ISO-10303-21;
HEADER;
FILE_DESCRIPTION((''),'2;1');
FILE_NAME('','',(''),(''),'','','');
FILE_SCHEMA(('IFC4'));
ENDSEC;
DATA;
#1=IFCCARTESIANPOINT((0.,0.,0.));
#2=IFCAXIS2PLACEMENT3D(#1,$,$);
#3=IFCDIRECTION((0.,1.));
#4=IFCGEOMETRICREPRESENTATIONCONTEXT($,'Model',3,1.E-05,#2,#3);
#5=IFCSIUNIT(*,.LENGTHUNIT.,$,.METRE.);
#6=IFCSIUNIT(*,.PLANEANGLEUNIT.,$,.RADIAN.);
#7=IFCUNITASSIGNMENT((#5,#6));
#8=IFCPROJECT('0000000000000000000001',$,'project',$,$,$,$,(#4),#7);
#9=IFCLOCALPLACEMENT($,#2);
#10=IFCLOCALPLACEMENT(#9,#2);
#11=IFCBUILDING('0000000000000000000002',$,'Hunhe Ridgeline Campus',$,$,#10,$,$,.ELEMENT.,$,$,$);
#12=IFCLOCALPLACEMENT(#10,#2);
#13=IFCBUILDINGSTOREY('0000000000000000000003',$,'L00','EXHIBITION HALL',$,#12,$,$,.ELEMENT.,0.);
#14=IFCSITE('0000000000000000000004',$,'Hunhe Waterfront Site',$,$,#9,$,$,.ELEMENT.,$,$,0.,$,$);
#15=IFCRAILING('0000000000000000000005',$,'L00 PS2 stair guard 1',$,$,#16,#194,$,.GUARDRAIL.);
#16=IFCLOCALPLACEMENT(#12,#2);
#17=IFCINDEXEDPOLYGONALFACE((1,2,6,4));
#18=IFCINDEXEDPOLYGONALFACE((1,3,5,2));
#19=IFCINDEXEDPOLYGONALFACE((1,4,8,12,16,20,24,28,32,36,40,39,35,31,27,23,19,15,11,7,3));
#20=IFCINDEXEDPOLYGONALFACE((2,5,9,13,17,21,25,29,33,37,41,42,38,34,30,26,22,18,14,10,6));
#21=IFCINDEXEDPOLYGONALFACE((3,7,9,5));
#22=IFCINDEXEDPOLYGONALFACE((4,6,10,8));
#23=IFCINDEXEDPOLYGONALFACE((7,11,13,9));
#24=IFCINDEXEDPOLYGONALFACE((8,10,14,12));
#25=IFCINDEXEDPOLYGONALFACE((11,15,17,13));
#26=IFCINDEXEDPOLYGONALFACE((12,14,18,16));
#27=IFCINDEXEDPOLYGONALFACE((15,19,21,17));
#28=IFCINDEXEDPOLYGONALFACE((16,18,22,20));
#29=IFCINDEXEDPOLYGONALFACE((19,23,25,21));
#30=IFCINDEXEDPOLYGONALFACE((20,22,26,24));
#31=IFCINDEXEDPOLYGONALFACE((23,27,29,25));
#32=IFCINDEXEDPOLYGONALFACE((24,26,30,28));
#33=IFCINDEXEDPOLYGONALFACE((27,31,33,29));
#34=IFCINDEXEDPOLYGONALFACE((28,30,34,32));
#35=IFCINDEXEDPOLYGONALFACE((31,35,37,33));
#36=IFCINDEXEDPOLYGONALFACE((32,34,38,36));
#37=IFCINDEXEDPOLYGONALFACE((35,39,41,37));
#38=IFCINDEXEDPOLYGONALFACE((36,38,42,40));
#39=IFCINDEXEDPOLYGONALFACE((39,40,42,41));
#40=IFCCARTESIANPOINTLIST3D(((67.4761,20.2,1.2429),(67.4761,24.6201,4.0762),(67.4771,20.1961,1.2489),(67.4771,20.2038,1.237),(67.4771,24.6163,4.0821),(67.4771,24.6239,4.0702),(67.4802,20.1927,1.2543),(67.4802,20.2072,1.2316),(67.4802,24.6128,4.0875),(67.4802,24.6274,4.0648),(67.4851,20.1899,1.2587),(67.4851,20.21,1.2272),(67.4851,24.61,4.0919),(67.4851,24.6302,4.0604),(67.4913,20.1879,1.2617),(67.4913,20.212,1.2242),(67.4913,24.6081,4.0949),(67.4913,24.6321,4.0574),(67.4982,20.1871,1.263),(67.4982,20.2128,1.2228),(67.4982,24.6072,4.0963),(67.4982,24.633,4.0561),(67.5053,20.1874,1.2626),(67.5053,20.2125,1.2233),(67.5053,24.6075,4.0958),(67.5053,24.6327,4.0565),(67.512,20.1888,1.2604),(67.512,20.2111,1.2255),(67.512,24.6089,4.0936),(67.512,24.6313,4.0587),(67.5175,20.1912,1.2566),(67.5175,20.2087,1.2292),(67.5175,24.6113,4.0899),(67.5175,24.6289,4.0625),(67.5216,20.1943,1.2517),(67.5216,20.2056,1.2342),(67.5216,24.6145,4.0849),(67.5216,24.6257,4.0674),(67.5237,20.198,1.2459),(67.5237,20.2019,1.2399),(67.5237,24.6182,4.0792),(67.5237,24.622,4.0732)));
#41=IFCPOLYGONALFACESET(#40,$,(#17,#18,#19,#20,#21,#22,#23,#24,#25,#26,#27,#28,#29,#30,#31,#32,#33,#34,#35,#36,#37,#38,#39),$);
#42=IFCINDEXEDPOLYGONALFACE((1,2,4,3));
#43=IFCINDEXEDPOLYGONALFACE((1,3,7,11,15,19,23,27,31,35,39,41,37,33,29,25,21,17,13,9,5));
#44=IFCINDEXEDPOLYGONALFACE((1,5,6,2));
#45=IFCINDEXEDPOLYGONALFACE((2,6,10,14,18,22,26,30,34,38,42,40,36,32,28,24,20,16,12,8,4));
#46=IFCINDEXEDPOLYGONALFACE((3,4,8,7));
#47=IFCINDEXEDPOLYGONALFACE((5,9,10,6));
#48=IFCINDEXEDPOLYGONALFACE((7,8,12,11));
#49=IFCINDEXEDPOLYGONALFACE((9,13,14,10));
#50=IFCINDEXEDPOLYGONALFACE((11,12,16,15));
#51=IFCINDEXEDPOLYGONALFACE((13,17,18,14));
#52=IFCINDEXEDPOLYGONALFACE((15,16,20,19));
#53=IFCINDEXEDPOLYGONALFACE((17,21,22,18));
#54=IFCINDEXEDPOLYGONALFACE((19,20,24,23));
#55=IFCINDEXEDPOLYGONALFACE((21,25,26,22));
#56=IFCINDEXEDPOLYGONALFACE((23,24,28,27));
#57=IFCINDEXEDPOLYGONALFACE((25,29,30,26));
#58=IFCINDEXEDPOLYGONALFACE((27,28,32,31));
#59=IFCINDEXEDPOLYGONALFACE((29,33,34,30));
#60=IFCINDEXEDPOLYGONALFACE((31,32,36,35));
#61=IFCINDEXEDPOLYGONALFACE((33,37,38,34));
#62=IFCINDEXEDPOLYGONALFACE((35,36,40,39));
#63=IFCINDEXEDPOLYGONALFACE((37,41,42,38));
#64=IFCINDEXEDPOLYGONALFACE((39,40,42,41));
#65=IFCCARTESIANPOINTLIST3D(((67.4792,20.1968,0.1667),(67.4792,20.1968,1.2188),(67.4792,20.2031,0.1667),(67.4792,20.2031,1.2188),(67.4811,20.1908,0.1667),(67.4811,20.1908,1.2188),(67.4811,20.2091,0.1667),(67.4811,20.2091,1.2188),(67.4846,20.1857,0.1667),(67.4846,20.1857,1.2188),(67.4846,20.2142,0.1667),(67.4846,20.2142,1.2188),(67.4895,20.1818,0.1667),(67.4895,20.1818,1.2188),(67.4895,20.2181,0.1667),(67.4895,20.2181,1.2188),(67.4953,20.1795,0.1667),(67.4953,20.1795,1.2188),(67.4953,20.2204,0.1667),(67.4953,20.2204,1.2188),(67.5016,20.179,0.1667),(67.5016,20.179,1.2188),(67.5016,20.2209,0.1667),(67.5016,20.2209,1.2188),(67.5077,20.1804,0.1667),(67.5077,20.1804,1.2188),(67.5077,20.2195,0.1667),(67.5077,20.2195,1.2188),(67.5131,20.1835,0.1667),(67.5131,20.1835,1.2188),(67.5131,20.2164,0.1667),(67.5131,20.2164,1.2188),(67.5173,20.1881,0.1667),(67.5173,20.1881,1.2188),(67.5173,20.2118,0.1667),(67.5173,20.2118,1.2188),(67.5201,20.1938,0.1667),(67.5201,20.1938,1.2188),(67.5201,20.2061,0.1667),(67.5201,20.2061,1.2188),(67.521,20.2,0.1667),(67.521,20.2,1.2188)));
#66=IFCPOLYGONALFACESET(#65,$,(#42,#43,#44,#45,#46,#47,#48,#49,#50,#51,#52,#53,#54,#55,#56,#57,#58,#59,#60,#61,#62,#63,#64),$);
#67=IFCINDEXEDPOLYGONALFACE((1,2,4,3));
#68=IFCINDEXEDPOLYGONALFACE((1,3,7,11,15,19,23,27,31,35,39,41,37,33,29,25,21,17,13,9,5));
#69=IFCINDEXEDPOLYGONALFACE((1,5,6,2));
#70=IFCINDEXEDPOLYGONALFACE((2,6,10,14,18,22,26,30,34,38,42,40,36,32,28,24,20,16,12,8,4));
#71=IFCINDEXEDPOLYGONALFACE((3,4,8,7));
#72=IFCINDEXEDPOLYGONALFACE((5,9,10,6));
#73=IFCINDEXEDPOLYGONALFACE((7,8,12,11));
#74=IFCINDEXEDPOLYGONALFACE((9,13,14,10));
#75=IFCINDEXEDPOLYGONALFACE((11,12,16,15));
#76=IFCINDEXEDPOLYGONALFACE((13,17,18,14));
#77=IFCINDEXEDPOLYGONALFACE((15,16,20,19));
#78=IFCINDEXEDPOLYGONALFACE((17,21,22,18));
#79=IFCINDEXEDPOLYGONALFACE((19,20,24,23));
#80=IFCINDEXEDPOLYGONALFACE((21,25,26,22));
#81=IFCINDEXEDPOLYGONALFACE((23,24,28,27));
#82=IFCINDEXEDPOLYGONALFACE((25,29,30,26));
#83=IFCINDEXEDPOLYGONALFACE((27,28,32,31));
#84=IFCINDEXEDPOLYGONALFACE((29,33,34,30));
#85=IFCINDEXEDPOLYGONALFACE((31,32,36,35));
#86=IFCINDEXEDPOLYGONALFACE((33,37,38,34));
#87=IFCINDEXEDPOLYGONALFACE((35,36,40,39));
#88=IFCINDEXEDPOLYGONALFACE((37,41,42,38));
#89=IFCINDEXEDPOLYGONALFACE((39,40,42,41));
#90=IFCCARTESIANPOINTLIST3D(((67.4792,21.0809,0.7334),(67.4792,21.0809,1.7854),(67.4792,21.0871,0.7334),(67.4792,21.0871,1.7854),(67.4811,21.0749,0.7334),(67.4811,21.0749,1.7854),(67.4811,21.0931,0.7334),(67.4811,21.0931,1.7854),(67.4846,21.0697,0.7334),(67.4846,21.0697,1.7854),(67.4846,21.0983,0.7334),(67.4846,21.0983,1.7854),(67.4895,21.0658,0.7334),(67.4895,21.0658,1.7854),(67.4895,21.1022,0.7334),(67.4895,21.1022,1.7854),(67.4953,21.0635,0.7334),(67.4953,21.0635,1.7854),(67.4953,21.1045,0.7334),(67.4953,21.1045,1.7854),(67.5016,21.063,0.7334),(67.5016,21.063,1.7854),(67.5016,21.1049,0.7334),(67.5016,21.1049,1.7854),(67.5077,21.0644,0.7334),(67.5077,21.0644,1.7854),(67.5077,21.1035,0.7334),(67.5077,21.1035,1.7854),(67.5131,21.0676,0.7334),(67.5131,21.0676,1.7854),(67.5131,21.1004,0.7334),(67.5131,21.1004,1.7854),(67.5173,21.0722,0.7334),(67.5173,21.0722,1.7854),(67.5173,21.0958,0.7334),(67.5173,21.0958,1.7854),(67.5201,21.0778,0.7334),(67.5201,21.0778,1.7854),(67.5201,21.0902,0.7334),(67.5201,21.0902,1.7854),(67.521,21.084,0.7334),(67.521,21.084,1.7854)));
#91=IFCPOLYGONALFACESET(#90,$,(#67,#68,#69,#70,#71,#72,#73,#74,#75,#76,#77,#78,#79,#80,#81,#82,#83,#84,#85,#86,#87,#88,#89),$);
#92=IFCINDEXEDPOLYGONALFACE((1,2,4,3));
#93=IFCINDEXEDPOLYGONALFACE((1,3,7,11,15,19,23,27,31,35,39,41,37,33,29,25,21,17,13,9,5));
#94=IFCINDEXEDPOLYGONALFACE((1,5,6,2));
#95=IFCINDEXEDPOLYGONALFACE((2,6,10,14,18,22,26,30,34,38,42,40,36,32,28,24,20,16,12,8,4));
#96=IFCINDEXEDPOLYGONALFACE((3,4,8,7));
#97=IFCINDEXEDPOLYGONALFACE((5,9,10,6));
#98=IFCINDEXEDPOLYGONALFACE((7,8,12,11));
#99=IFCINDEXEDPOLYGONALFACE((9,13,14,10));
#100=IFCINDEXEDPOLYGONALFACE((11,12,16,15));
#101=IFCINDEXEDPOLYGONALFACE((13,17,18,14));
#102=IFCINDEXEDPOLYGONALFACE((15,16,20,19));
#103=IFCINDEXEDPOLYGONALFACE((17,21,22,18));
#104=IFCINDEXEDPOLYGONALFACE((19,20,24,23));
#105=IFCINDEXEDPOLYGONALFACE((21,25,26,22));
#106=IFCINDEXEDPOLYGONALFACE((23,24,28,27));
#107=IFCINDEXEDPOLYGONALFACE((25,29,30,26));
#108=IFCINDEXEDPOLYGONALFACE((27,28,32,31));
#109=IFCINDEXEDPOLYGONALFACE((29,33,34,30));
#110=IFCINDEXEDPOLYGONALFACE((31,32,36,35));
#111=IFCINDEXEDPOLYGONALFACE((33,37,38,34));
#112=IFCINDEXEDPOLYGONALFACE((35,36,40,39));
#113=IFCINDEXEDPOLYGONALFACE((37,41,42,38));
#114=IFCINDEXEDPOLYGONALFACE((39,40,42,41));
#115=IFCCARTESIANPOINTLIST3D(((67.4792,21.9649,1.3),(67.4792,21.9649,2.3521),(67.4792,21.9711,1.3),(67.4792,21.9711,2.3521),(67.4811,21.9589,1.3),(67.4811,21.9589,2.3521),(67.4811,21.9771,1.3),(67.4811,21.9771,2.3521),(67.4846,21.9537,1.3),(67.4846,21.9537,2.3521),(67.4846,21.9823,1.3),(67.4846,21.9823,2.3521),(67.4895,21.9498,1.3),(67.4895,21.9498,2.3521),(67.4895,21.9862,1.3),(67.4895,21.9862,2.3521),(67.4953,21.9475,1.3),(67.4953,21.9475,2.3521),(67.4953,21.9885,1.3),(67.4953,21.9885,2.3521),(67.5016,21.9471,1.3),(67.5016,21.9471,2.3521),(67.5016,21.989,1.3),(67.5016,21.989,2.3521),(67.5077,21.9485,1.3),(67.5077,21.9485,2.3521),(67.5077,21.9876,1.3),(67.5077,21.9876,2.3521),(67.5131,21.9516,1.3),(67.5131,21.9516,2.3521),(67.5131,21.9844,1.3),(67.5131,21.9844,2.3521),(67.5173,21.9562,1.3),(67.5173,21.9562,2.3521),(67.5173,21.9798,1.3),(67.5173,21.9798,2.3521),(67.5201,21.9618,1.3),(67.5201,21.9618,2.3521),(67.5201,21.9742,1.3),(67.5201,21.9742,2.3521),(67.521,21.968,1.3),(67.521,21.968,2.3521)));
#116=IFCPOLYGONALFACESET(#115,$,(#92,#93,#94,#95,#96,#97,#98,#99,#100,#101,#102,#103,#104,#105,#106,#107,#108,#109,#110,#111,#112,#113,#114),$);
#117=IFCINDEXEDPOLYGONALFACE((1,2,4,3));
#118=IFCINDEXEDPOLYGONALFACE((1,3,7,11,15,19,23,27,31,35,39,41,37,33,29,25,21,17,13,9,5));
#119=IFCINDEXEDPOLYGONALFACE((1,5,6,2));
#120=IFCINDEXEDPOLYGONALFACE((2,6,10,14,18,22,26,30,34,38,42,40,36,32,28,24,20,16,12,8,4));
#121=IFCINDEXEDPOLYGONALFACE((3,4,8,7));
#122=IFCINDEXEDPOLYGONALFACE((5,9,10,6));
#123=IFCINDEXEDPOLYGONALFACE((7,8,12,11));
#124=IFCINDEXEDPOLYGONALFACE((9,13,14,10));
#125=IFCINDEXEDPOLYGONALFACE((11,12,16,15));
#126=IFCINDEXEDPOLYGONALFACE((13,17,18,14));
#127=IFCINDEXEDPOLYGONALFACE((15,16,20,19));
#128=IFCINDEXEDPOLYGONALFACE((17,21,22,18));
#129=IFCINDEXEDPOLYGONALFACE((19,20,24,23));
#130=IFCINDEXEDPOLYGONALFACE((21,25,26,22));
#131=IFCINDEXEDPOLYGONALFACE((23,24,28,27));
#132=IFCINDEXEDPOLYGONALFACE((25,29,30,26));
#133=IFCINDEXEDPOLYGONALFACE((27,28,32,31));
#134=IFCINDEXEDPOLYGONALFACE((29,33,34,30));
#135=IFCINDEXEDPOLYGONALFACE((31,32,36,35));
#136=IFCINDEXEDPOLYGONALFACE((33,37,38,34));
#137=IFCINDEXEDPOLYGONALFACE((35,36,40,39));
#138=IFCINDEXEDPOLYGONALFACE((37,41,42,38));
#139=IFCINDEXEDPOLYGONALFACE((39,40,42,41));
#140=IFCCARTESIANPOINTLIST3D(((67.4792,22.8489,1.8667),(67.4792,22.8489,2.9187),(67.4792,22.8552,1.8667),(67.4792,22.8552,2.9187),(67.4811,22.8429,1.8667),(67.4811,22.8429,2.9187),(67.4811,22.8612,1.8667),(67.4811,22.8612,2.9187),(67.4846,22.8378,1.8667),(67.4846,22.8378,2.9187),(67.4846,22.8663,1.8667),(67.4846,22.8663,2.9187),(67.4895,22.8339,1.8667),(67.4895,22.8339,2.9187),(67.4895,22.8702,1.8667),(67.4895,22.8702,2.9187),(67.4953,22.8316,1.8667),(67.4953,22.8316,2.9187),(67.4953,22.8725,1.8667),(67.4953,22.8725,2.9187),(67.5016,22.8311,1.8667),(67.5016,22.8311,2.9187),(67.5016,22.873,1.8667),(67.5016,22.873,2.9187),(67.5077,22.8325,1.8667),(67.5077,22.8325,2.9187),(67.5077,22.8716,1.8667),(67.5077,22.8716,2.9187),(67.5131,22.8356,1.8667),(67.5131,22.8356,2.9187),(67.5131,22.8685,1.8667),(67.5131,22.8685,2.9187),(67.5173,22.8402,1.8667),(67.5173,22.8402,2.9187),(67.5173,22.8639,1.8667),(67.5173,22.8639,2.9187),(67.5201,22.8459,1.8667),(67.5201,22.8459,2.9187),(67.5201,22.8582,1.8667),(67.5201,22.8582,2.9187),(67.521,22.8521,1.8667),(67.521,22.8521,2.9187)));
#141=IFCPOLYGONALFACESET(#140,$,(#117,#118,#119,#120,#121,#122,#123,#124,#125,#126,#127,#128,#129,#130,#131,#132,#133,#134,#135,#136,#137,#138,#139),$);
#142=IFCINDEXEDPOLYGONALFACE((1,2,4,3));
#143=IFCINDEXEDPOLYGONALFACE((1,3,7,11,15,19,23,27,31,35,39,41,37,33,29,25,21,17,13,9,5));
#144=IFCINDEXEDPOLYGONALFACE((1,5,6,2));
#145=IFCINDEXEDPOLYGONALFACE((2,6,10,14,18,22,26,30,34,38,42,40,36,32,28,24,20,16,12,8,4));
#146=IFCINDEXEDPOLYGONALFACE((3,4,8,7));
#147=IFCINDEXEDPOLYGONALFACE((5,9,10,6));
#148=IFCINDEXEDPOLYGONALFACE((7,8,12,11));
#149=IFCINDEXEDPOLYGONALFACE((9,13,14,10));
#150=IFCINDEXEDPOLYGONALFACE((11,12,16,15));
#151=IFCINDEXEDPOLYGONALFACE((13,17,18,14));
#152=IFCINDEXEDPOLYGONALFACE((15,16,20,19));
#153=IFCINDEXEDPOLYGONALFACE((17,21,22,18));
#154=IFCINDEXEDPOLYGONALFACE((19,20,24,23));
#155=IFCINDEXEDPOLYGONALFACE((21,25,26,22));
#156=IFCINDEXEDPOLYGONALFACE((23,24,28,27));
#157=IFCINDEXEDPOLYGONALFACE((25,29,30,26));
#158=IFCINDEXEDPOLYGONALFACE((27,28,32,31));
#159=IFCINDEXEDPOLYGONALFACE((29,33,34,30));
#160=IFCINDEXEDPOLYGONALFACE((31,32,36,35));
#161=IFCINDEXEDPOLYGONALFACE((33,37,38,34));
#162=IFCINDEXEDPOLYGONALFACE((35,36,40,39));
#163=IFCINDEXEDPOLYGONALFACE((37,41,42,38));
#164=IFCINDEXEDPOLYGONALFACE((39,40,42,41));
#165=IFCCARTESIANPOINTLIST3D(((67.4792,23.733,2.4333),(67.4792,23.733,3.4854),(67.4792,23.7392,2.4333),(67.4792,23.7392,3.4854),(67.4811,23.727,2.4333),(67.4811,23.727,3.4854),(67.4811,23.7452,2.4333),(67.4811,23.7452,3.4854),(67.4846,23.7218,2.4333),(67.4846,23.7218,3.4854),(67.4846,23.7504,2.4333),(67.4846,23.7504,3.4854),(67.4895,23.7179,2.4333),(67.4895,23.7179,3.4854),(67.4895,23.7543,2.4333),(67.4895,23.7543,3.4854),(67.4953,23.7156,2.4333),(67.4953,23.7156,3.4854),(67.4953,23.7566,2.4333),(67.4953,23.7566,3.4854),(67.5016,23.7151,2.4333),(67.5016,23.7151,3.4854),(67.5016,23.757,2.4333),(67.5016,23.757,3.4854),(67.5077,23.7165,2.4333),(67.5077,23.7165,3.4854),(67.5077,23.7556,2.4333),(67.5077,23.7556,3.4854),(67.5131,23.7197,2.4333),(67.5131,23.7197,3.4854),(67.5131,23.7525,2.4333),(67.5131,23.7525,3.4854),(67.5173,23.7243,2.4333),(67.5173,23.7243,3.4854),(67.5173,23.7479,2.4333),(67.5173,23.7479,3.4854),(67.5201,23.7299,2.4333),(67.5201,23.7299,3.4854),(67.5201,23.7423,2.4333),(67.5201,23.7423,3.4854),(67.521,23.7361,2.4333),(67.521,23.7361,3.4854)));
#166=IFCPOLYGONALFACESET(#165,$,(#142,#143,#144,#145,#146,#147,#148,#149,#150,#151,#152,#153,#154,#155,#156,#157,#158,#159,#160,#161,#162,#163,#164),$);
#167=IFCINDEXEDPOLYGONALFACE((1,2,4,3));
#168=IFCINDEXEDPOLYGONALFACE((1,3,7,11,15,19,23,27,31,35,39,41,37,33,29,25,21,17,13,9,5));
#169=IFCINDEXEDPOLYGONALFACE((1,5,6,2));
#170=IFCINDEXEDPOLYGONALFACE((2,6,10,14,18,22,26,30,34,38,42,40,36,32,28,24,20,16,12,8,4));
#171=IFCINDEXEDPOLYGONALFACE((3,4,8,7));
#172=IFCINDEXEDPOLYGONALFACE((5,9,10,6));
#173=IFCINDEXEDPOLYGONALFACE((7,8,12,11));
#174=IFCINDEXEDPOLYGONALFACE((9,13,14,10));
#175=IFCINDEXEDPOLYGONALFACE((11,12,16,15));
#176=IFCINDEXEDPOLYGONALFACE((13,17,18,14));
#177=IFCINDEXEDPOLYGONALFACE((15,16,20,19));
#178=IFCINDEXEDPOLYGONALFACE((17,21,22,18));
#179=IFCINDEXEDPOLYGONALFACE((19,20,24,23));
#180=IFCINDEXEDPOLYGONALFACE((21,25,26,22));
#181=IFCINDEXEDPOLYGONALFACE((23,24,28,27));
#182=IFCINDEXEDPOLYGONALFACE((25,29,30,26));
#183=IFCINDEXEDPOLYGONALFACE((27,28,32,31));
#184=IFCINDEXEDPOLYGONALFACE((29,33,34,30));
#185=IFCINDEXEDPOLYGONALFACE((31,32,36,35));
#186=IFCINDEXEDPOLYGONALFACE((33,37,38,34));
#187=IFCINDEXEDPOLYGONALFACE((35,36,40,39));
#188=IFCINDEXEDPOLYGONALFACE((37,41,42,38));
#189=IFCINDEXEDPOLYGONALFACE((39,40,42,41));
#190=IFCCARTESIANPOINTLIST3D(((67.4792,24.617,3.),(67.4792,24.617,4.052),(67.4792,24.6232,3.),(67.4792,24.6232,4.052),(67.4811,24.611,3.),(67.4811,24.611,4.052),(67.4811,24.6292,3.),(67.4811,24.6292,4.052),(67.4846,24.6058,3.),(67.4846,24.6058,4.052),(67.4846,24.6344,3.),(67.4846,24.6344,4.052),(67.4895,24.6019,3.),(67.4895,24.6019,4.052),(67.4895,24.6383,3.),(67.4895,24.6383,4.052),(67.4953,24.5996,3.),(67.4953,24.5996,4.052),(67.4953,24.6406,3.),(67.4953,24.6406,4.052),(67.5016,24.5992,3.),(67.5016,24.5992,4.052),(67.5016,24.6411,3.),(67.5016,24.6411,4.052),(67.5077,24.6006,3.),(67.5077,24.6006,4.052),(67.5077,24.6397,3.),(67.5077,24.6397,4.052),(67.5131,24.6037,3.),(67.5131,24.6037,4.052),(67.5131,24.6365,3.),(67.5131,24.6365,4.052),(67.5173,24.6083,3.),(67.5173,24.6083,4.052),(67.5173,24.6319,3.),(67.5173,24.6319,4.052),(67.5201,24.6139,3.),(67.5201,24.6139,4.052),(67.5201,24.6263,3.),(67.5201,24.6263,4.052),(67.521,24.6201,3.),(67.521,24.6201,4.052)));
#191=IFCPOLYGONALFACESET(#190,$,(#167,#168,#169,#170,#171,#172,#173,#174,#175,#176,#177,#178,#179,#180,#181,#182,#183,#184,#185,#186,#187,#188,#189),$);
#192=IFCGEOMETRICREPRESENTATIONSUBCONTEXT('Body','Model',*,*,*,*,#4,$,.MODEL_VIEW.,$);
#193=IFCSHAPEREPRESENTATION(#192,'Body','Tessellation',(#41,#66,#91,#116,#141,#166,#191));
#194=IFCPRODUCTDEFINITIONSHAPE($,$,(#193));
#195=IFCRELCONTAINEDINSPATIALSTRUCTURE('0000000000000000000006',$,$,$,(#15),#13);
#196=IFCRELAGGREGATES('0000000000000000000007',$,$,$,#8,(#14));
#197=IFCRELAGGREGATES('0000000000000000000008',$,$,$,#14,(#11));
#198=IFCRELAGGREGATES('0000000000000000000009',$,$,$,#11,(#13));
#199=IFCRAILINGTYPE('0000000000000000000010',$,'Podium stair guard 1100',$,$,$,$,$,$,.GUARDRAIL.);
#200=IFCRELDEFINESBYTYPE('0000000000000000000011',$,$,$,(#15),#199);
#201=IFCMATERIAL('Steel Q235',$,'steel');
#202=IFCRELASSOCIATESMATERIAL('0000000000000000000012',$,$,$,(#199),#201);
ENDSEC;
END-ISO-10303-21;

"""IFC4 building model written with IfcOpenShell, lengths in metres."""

from ifc_helpers import new_model, si_unit, direction, frame, origin, origin_2d, place, context, subcontext, project, spatial, circle, extrude, material, type_object, element, save


model = new_model("IFC4")

# Units and contexts
model_context = context("Model", 3, precision=1e-05, world=origin(), true_north=direction((0.0, 1.0)))
body_context = subcontext(model_context, "Body", "Model", "MODEL_VIEW")
ifc_project = project(units=[si_unit("LENGTHUNIT", "METRE"), si_unit("PLANEANGLEUNIT", "RADIAN")], contexts=[model_context])

# Site, building, storey
site_placement = place(None, origin())
site = spatial("IfcSite", under=ifc_project, at=site_placement, Name="Hunhe Waterfront Site", CompositionType="ELEMENT", RefElevation=0.0)
building_placement = place(site_placement, origin())
building = spatial("IfcBuilding", under=site, at=building_placement, Name="Hunhe Ridgeline Campus", CompositionType="ELEMENT")
storey_placement = place(building_placement, origin())
storey = spatial("IfcBuildingStorey", under=building, at=storey_placement, Name="L00", Description="EXHIBITION HALL", CompositionType="ELEMENT", Elevation=0.0)

# Shared definitions
ifc_material_1 = material(Name="Steel Q235", Category="steel")

# Railing
railing_type_1 = type_object("IfcRailingType", Name="Podium stair guard 1100", PredefinedType="GUARDRAIL", material=ifc_material_1)
railing_1_placement = place(storey_placement, frame((67.5, 20.2, 0.1667)))
element("IfcRailing", 1, at=railing_1_placement, inside=storey, type_object=railing_type_1, Name="L00 PS2 stair guard 1", PredefinedType="GUARDRAIL", context=body_context, shape_type="SweptSolid", body=[
    extrude(circle(Radius=0.0239, at=origin_2d()), frame((0.0, 0.0, 1.0762), z_axis=(0.0, 0.841895, 0.539641), x_axis=(-1.0, 0.0, 0.0)), (0.0, 0.0, 1.0), 5.2502),
    extrude(circle(Radius=0.021, at=origin_2d()), origin(), (0.0, 0.0, 1.0), 1.052),
    extrude(circle(Radius=0.021, at=origin_2d()), frame((0.0, 0.884, 0.5667)), (0.0, 0.0, 1.0), 1.052),
    extrude(circle(Radius=0.021, at=origin_2d()), frame((0.0, 1.7681, 1.1333)), (0.0, 0.0, 1.0), 1.052),
    extrude(circle(Radius=0.021, at=origin_2d()), frame((0.0, 2.6521, 1.7)), (0.0, 0.0, 1.0), 1.052),
    extrude(circle(Radius=0.021, at=origin_2d()), frame((0.0, 3.5361, 2.2666)), (0.0, 0.0, 1.0), 1.052),
    extrude(circle(Radius=0.021, at=origin_2d()), frame((0.0, 4.4202, 2.8333)), (0.0, 0.0, 1.0), 1.052),
])

save(model, "model.ifc")
